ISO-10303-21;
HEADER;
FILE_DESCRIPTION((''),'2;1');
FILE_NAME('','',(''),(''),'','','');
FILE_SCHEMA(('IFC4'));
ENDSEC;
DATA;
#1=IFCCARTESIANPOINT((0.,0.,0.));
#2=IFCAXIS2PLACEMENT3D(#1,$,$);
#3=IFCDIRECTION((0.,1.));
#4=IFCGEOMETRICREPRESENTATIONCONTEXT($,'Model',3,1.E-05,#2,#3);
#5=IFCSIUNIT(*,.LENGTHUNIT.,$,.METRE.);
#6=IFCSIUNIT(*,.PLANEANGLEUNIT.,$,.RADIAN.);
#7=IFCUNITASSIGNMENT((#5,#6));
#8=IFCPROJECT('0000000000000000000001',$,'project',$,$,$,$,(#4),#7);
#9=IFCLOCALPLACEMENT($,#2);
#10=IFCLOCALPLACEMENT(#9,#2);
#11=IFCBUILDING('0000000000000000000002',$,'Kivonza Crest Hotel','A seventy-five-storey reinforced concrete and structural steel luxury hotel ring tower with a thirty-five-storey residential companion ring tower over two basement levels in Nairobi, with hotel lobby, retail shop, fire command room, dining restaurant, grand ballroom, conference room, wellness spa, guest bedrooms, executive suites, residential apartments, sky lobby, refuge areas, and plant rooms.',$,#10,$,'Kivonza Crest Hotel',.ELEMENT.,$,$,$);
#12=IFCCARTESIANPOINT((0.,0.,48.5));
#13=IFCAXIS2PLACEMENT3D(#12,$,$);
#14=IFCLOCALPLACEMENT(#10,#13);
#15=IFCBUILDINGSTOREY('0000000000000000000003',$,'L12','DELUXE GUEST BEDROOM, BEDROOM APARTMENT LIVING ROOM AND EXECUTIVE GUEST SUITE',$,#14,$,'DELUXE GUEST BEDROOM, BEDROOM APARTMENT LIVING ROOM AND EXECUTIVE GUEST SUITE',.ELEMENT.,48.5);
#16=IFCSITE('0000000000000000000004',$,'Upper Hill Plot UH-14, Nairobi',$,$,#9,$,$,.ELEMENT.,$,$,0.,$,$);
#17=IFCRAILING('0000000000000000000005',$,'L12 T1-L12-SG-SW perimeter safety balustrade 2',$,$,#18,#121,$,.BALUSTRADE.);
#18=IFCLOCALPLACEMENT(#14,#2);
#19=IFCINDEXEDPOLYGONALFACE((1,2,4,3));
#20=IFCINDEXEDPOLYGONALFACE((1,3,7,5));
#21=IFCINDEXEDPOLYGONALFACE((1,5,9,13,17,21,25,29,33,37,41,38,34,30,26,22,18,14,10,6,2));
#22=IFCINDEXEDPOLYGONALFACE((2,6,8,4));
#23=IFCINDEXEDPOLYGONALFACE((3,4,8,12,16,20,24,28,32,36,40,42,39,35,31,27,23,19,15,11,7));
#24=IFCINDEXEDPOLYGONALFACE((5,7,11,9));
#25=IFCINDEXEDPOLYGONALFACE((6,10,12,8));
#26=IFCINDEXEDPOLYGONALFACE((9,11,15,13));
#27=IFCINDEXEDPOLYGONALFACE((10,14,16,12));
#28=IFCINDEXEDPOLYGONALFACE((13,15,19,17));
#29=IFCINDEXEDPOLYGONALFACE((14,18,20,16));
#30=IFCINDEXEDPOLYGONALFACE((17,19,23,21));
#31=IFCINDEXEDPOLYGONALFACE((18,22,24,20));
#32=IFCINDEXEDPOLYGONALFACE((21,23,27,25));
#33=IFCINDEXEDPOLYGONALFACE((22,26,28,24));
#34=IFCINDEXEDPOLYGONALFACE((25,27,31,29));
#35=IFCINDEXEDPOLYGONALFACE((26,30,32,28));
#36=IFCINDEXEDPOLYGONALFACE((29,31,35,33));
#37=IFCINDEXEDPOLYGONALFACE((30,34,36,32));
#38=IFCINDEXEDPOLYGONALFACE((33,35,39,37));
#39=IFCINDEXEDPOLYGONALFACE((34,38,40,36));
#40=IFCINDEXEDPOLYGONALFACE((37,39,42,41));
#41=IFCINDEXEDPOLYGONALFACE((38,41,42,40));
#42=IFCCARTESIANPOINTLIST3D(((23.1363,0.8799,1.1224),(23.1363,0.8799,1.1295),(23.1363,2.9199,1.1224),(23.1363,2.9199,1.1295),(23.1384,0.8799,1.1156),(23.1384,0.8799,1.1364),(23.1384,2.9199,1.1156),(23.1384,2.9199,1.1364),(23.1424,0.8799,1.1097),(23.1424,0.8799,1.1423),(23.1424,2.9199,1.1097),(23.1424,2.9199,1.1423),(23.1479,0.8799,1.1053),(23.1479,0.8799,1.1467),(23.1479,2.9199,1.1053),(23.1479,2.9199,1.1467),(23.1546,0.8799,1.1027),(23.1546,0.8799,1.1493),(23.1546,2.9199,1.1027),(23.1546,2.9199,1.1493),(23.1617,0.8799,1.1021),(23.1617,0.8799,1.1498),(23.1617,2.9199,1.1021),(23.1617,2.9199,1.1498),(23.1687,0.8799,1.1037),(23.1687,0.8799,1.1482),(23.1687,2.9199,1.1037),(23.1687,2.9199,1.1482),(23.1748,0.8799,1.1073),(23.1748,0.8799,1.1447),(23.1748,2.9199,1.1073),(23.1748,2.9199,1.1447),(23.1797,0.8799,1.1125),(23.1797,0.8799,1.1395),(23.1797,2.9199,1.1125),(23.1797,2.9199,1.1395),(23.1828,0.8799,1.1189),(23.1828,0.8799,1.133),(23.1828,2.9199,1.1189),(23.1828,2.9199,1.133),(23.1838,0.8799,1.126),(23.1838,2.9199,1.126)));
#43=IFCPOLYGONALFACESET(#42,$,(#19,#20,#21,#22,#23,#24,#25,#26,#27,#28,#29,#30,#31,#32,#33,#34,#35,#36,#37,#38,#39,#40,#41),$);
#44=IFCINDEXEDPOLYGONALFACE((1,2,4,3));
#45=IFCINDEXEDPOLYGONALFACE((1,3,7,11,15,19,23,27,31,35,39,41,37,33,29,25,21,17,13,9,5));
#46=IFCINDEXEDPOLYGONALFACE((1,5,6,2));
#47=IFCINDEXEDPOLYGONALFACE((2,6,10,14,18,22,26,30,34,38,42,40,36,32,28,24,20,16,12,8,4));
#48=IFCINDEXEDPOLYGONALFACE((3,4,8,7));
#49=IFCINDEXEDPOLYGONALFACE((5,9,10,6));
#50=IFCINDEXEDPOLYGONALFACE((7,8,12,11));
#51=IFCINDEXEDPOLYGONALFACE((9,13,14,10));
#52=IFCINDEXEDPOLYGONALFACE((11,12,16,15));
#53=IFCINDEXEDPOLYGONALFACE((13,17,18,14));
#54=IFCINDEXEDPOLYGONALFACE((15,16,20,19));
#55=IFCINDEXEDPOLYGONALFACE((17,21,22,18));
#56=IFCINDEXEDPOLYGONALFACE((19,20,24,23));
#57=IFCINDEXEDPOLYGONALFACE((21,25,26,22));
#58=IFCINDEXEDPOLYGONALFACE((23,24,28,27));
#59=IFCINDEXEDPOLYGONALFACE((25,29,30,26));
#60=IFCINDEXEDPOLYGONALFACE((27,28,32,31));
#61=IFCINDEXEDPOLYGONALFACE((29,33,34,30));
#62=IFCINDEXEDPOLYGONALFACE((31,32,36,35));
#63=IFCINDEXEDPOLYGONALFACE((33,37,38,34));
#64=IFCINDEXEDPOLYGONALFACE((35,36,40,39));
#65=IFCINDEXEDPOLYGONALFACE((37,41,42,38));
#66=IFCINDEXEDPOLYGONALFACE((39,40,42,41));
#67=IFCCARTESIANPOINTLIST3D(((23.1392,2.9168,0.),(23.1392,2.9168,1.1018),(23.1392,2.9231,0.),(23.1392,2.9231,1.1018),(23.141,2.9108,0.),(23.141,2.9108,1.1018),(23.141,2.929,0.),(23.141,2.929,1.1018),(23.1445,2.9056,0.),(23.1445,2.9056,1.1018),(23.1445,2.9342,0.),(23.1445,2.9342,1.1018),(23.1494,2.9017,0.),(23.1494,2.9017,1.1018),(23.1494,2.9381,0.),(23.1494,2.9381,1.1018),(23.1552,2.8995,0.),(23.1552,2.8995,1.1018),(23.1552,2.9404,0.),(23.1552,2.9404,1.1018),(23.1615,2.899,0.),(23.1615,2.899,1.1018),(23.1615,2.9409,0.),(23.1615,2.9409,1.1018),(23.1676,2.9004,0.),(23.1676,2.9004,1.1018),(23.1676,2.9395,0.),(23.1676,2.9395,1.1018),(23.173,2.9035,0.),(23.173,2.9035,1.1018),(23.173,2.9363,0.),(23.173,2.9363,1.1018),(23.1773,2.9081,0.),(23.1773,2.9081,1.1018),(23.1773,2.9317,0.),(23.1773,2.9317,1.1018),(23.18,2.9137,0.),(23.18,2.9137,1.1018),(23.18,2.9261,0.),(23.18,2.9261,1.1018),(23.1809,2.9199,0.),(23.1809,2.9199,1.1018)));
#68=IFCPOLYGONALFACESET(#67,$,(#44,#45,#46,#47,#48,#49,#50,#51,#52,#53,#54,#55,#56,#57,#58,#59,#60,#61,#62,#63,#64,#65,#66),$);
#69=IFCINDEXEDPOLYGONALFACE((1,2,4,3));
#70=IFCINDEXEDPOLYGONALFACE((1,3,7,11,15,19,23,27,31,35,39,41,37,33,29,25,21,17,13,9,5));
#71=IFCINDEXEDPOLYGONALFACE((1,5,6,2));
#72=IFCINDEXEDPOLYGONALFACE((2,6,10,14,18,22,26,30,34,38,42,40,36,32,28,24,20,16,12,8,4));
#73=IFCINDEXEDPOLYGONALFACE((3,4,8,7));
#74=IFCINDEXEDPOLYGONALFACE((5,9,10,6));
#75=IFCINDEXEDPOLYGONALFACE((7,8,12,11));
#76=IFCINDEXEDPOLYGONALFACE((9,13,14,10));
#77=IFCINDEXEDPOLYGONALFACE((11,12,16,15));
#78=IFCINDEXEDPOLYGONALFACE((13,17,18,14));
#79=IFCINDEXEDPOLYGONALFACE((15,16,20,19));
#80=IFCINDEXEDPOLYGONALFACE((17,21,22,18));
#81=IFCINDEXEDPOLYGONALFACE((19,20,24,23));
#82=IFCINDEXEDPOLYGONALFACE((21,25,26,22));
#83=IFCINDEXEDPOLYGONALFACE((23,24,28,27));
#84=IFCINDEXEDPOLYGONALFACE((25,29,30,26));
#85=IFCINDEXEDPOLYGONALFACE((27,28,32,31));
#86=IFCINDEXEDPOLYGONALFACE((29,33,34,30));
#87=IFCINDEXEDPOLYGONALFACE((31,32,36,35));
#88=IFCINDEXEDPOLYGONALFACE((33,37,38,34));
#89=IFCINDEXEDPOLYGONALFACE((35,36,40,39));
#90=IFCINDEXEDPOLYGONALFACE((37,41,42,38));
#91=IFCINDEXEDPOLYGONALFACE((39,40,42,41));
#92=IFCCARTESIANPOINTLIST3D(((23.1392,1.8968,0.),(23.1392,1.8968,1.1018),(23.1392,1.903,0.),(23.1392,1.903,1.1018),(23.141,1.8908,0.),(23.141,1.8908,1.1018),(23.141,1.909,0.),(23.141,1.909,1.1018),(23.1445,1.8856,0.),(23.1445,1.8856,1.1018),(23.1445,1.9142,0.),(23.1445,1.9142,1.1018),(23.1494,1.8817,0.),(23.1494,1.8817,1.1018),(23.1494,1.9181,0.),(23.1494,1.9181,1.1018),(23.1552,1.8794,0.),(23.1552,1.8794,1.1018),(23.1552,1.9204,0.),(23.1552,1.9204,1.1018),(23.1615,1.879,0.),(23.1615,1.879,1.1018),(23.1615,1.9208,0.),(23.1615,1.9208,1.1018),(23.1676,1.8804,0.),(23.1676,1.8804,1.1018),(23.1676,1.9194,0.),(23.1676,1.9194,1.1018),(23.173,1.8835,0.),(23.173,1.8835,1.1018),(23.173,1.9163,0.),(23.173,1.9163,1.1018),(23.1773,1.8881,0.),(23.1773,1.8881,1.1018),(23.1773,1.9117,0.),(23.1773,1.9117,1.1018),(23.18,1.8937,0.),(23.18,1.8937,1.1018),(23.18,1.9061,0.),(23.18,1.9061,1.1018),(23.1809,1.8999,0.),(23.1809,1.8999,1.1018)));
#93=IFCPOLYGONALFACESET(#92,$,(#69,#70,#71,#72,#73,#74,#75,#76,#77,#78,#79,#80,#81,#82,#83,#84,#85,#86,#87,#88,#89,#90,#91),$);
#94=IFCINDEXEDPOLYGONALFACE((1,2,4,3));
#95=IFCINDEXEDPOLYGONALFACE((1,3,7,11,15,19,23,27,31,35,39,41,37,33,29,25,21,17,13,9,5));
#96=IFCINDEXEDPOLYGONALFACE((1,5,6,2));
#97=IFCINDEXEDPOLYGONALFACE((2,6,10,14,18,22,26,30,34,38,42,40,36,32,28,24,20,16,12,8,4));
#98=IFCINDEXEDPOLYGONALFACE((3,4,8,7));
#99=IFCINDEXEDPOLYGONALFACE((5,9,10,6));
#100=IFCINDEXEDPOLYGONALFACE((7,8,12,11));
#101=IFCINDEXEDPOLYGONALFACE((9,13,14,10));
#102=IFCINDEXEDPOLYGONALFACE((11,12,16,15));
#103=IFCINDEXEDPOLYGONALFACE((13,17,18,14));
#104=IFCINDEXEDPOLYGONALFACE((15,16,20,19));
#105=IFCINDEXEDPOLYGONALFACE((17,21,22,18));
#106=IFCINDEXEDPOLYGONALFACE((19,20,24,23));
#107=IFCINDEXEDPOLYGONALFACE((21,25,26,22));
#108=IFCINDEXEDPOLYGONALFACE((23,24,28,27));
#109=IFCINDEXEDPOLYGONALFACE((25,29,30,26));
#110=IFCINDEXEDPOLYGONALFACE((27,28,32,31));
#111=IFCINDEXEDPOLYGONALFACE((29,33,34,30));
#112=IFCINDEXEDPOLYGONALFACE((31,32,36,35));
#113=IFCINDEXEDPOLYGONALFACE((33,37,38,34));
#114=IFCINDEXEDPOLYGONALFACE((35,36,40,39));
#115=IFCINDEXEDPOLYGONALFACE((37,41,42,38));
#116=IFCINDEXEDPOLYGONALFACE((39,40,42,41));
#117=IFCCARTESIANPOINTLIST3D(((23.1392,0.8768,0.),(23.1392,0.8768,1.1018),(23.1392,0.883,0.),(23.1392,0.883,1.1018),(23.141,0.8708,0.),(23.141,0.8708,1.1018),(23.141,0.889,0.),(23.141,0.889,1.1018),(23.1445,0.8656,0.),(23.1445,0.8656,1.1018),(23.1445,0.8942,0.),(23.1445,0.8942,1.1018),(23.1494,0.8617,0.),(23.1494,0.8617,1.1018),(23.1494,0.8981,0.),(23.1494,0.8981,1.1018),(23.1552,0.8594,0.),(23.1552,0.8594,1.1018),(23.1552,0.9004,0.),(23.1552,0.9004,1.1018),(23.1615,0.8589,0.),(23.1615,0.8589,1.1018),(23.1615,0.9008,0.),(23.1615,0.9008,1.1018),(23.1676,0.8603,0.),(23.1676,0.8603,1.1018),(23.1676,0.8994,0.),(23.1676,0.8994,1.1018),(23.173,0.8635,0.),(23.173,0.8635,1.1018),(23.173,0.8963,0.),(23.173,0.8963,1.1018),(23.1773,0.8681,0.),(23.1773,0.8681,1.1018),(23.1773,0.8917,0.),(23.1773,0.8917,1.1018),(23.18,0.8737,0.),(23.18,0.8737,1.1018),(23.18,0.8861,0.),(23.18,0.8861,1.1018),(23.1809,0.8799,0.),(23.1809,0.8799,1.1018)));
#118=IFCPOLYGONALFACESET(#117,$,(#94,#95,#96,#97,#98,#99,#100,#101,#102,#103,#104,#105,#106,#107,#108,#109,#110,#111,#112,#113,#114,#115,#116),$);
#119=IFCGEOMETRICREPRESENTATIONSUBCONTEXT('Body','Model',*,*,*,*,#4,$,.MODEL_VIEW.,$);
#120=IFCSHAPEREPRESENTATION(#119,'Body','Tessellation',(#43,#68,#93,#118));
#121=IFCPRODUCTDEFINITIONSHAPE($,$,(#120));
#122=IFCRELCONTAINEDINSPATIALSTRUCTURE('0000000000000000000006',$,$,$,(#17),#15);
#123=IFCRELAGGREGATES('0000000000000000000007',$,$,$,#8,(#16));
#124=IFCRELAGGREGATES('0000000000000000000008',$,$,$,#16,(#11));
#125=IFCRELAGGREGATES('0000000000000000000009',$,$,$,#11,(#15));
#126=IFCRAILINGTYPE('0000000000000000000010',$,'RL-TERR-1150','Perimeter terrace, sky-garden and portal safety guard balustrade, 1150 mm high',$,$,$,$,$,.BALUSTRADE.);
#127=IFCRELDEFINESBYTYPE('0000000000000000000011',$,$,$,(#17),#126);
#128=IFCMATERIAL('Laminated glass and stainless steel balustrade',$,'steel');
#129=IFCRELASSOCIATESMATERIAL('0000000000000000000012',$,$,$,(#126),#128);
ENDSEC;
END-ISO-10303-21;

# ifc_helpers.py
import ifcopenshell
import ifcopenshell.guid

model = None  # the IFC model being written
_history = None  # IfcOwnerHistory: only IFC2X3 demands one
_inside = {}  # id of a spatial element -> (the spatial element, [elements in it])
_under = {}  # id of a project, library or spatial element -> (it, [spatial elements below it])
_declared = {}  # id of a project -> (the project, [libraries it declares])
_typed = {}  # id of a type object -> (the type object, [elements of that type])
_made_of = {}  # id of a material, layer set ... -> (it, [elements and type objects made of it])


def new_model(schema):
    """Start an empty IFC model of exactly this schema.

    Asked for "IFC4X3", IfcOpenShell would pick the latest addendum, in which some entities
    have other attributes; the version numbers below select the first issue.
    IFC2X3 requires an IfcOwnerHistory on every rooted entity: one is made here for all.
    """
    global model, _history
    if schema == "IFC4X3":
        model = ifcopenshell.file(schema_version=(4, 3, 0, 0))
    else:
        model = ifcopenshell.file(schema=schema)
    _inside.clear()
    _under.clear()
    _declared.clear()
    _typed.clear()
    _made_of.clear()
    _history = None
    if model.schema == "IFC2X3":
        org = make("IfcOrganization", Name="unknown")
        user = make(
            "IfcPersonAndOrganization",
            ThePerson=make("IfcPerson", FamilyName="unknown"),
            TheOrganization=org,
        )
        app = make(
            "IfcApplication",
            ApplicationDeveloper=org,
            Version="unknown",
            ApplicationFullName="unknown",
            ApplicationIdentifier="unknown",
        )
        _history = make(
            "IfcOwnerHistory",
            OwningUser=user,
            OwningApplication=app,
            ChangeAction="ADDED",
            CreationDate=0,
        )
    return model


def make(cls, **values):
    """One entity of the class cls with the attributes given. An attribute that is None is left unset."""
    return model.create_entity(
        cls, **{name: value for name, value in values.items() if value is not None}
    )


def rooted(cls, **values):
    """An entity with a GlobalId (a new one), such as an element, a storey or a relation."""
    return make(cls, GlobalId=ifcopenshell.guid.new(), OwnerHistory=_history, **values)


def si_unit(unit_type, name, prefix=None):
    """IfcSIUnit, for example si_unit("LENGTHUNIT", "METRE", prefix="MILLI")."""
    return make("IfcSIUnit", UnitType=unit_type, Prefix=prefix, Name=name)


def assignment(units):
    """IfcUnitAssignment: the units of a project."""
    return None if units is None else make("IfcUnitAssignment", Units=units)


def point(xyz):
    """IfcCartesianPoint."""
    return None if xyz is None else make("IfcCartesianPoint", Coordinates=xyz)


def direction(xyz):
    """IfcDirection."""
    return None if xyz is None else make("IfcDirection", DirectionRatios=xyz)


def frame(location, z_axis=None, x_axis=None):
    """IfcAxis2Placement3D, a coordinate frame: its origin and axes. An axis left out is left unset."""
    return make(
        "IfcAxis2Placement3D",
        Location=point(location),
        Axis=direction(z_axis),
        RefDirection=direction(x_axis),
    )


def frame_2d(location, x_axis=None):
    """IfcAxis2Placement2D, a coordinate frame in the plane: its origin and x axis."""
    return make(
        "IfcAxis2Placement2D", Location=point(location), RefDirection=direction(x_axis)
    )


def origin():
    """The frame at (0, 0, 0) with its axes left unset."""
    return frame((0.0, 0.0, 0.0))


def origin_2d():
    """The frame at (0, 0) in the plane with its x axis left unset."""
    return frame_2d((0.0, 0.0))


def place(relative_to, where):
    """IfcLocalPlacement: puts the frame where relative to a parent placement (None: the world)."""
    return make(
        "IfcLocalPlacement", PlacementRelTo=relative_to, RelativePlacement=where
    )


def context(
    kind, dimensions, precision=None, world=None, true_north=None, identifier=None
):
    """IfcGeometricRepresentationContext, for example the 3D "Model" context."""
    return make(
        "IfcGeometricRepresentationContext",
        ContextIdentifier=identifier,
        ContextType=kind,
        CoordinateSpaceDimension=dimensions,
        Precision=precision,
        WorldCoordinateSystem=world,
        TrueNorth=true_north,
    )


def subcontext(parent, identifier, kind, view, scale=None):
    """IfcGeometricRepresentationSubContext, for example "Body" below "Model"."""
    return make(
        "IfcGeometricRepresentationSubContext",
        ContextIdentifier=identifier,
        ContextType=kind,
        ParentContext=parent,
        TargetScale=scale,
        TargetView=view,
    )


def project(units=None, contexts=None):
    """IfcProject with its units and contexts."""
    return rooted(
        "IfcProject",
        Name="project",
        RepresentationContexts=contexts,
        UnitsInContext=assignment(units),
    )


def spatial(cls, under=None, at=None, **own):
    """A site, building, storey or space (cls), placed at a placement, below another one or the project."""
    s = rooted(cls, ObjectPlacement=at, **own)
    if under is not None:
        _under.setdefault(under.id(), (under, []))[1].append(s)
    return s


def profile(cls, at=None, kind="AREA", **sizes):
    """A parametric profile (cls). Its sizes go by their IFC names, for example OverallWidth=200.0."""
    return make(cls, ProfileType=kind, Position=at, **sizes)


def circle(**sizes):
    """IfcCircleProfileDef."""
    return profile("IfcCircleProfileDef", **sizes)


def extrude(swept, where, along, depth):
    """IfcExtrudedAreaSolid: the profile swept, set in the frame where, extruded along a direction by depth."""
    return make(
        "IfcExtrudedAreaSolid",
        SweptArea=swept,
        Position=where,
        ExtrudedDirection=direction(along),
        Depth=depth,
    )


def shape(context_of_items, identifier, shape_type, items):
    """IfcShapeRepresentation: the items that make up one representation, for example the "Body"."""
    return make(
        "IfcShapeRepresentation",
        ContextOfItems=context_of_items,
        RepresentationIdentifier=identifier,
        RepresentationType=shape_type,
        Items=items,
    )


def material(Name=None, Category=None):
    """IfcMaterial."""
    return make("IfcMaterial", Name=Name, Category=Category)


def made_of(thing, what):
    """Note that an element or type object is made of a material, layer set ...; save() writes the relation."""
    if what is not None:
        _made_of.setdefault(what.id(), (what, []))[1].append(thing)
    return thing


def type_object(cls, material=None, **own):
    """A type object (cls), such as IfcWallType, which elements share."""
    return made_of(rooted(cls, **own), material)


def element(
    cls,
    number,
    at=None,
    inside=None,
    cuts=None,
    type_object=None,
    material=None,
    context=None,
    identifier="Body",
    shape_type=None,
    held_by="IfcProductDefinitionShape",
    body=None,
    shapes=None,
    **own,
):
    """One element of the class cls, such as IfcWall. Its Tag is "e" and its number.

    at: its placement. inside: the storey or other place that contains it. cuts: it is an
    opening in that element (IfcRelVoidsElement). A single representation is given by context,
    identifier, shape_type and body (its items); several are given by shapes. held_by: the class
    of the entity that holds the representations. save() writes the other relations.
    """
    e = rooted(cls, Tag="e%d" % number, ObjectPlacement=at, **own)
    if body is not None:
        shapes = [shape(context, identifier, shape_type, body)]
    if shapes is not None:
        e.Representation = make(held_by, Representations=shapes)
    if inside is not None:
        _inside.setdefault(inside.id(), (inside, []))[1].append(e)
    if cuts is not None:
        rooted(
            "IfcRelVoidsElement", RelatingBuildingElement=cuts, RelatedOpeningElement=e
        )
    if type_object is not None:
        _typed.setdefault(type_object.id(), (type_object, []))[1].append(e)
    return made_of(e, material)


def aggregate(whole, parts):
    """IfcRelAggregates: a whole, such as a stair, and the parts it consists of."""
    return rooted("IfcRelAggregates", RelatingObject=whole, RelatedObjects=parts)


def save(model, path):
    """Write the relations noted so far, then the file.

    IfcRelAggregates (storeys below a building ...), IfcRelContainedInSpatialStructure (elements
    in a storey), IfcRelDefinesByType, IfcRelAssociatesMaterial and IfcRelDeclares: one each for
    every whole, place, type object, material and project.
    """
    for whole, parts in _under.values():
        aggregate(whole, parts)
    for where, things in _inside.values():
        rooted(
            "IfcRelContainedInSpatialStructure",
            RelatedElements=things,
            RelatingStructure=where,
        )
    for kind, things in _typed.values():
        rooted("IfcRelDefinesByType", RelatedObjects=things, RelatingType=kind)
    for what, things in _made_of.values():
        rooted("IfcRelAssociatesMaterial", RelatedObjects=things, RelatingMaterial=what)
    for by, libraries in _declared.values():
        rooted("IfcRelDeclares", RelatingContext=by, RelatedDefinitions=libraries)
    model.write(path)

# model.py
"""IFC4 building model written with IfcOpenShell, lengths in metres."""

from ifc_helpers import new_model, si_unit, direction, frame, origin, origin_2d, place, context, subcontext, project, spatial, circle, extrude, material, type_object, element, save


model = new_model("IFC4")

# Units and contexts
model_context = context("Model", 3, precision=1e-05, world=origin(), true_north=direction((0.0, 1.0)))
body_context = subcontext(model_context, "Body", "Model", "MODEL_VIEW")
ifc_project = project(units=[si_unit("LENGTHUNIT", "METRE"), si_unit("PLANEANGLEUNIT", "RADIAN")], contexts=[model_context])

# Site, building, storey
site_placement = place(None, origin())
site = spatial("IfcSite", under=ifc_project, at=site_placement, Name="Upper Hill Plot UH-14, Nairobi", CompositionType="ELEMENT", RefElevation=0.0)
building_placement = place(site_placement, origin())
building = spatial("IfcBuilding", under=site, at=building_placement, Name="Kivonza Crest Hotel", Description="A seventy-five-storey reinforced concrete and structural steel luxury hotel ring tower with a thirty-five-storey residential companion ring tower over two basement levels in Nairobi, with hotel lobby, retail shop, fire command room, dining restaurant, grand ballroom, conference room, wellness spa, guest bedrooms, executive suites, residential apartments, sky lobby, refuge areas, and plant rooms.", LongName="Kivonza Crest Hotel", CompositionType="ELEMENT")
storey_placement = place(building_placement, frame((0.0, 0.0, 48.5)))
storey = spatial("IfcBuildingStorey", under=building, at=storey_placement, Name="L12", Description="DELUXE GUEST BEDROOM, BEDROOM APARTMENT LIVING ROOM AND EXECUTIVE GUEST SUITE", LongName="DELUXE GUEST BEDROOM, BEDROOM APARTMENT LIVING ROOM AND EXECUTIVE GUEST SUITE", CompositionType="ELEMENT", Elevation=48.5)

# Railing
ifc_material_1 = material(Name="Laminated glass and stainless steel balustrade", Category="steel")
railing_type = type_object("IfcRailingType", Name="RL-TERR-1150", Description="Perimeter terrace, sky-garden and portal safety guard balustrade, 1150 mm high", PredefinedType="BALUSTRADE", material=ifc_material_1)
railing_1_placement = place(storey_placement, frame((23.1599, 2.9199, 0.0)))
element("IfcRailing", 1, at=railing_1_placement, inside=storey, type_object=railing_type, Name="L12 T1-L12-SG-SW perimeter safety balustrade 2", PredefinedType="BALUSTRADE", context=body_context, shape_type="SweptSolid", body=[
    extrude(circle(Radius=0.0239, at=origin_2d()), frame((0.0, 0.0, 1.126), z_axis=(0.0, -1.0, 0.0), x_axis=(1.0, 0.0, 0.0)), (0.0, 0.0, 1.0), 2.04),
    extrude(circle(Radius=0.021, at=origin_2d()), origin(), (0.0, 0.0, 1.0), 1.1018),
    extrude(circle(Radius=0.021, at=origin_2d()), frame((0.0, -1.02, 0.0)), (0.0, 0.0, 1.0), 1.1018),
    extrude(circle(Radius=0.021, at=origin_2d()), frame((0.0, -2.04, 0.0)), (0.0, 0.0, 1.0), 1.1018),
])

save(model, "model.ifc")
